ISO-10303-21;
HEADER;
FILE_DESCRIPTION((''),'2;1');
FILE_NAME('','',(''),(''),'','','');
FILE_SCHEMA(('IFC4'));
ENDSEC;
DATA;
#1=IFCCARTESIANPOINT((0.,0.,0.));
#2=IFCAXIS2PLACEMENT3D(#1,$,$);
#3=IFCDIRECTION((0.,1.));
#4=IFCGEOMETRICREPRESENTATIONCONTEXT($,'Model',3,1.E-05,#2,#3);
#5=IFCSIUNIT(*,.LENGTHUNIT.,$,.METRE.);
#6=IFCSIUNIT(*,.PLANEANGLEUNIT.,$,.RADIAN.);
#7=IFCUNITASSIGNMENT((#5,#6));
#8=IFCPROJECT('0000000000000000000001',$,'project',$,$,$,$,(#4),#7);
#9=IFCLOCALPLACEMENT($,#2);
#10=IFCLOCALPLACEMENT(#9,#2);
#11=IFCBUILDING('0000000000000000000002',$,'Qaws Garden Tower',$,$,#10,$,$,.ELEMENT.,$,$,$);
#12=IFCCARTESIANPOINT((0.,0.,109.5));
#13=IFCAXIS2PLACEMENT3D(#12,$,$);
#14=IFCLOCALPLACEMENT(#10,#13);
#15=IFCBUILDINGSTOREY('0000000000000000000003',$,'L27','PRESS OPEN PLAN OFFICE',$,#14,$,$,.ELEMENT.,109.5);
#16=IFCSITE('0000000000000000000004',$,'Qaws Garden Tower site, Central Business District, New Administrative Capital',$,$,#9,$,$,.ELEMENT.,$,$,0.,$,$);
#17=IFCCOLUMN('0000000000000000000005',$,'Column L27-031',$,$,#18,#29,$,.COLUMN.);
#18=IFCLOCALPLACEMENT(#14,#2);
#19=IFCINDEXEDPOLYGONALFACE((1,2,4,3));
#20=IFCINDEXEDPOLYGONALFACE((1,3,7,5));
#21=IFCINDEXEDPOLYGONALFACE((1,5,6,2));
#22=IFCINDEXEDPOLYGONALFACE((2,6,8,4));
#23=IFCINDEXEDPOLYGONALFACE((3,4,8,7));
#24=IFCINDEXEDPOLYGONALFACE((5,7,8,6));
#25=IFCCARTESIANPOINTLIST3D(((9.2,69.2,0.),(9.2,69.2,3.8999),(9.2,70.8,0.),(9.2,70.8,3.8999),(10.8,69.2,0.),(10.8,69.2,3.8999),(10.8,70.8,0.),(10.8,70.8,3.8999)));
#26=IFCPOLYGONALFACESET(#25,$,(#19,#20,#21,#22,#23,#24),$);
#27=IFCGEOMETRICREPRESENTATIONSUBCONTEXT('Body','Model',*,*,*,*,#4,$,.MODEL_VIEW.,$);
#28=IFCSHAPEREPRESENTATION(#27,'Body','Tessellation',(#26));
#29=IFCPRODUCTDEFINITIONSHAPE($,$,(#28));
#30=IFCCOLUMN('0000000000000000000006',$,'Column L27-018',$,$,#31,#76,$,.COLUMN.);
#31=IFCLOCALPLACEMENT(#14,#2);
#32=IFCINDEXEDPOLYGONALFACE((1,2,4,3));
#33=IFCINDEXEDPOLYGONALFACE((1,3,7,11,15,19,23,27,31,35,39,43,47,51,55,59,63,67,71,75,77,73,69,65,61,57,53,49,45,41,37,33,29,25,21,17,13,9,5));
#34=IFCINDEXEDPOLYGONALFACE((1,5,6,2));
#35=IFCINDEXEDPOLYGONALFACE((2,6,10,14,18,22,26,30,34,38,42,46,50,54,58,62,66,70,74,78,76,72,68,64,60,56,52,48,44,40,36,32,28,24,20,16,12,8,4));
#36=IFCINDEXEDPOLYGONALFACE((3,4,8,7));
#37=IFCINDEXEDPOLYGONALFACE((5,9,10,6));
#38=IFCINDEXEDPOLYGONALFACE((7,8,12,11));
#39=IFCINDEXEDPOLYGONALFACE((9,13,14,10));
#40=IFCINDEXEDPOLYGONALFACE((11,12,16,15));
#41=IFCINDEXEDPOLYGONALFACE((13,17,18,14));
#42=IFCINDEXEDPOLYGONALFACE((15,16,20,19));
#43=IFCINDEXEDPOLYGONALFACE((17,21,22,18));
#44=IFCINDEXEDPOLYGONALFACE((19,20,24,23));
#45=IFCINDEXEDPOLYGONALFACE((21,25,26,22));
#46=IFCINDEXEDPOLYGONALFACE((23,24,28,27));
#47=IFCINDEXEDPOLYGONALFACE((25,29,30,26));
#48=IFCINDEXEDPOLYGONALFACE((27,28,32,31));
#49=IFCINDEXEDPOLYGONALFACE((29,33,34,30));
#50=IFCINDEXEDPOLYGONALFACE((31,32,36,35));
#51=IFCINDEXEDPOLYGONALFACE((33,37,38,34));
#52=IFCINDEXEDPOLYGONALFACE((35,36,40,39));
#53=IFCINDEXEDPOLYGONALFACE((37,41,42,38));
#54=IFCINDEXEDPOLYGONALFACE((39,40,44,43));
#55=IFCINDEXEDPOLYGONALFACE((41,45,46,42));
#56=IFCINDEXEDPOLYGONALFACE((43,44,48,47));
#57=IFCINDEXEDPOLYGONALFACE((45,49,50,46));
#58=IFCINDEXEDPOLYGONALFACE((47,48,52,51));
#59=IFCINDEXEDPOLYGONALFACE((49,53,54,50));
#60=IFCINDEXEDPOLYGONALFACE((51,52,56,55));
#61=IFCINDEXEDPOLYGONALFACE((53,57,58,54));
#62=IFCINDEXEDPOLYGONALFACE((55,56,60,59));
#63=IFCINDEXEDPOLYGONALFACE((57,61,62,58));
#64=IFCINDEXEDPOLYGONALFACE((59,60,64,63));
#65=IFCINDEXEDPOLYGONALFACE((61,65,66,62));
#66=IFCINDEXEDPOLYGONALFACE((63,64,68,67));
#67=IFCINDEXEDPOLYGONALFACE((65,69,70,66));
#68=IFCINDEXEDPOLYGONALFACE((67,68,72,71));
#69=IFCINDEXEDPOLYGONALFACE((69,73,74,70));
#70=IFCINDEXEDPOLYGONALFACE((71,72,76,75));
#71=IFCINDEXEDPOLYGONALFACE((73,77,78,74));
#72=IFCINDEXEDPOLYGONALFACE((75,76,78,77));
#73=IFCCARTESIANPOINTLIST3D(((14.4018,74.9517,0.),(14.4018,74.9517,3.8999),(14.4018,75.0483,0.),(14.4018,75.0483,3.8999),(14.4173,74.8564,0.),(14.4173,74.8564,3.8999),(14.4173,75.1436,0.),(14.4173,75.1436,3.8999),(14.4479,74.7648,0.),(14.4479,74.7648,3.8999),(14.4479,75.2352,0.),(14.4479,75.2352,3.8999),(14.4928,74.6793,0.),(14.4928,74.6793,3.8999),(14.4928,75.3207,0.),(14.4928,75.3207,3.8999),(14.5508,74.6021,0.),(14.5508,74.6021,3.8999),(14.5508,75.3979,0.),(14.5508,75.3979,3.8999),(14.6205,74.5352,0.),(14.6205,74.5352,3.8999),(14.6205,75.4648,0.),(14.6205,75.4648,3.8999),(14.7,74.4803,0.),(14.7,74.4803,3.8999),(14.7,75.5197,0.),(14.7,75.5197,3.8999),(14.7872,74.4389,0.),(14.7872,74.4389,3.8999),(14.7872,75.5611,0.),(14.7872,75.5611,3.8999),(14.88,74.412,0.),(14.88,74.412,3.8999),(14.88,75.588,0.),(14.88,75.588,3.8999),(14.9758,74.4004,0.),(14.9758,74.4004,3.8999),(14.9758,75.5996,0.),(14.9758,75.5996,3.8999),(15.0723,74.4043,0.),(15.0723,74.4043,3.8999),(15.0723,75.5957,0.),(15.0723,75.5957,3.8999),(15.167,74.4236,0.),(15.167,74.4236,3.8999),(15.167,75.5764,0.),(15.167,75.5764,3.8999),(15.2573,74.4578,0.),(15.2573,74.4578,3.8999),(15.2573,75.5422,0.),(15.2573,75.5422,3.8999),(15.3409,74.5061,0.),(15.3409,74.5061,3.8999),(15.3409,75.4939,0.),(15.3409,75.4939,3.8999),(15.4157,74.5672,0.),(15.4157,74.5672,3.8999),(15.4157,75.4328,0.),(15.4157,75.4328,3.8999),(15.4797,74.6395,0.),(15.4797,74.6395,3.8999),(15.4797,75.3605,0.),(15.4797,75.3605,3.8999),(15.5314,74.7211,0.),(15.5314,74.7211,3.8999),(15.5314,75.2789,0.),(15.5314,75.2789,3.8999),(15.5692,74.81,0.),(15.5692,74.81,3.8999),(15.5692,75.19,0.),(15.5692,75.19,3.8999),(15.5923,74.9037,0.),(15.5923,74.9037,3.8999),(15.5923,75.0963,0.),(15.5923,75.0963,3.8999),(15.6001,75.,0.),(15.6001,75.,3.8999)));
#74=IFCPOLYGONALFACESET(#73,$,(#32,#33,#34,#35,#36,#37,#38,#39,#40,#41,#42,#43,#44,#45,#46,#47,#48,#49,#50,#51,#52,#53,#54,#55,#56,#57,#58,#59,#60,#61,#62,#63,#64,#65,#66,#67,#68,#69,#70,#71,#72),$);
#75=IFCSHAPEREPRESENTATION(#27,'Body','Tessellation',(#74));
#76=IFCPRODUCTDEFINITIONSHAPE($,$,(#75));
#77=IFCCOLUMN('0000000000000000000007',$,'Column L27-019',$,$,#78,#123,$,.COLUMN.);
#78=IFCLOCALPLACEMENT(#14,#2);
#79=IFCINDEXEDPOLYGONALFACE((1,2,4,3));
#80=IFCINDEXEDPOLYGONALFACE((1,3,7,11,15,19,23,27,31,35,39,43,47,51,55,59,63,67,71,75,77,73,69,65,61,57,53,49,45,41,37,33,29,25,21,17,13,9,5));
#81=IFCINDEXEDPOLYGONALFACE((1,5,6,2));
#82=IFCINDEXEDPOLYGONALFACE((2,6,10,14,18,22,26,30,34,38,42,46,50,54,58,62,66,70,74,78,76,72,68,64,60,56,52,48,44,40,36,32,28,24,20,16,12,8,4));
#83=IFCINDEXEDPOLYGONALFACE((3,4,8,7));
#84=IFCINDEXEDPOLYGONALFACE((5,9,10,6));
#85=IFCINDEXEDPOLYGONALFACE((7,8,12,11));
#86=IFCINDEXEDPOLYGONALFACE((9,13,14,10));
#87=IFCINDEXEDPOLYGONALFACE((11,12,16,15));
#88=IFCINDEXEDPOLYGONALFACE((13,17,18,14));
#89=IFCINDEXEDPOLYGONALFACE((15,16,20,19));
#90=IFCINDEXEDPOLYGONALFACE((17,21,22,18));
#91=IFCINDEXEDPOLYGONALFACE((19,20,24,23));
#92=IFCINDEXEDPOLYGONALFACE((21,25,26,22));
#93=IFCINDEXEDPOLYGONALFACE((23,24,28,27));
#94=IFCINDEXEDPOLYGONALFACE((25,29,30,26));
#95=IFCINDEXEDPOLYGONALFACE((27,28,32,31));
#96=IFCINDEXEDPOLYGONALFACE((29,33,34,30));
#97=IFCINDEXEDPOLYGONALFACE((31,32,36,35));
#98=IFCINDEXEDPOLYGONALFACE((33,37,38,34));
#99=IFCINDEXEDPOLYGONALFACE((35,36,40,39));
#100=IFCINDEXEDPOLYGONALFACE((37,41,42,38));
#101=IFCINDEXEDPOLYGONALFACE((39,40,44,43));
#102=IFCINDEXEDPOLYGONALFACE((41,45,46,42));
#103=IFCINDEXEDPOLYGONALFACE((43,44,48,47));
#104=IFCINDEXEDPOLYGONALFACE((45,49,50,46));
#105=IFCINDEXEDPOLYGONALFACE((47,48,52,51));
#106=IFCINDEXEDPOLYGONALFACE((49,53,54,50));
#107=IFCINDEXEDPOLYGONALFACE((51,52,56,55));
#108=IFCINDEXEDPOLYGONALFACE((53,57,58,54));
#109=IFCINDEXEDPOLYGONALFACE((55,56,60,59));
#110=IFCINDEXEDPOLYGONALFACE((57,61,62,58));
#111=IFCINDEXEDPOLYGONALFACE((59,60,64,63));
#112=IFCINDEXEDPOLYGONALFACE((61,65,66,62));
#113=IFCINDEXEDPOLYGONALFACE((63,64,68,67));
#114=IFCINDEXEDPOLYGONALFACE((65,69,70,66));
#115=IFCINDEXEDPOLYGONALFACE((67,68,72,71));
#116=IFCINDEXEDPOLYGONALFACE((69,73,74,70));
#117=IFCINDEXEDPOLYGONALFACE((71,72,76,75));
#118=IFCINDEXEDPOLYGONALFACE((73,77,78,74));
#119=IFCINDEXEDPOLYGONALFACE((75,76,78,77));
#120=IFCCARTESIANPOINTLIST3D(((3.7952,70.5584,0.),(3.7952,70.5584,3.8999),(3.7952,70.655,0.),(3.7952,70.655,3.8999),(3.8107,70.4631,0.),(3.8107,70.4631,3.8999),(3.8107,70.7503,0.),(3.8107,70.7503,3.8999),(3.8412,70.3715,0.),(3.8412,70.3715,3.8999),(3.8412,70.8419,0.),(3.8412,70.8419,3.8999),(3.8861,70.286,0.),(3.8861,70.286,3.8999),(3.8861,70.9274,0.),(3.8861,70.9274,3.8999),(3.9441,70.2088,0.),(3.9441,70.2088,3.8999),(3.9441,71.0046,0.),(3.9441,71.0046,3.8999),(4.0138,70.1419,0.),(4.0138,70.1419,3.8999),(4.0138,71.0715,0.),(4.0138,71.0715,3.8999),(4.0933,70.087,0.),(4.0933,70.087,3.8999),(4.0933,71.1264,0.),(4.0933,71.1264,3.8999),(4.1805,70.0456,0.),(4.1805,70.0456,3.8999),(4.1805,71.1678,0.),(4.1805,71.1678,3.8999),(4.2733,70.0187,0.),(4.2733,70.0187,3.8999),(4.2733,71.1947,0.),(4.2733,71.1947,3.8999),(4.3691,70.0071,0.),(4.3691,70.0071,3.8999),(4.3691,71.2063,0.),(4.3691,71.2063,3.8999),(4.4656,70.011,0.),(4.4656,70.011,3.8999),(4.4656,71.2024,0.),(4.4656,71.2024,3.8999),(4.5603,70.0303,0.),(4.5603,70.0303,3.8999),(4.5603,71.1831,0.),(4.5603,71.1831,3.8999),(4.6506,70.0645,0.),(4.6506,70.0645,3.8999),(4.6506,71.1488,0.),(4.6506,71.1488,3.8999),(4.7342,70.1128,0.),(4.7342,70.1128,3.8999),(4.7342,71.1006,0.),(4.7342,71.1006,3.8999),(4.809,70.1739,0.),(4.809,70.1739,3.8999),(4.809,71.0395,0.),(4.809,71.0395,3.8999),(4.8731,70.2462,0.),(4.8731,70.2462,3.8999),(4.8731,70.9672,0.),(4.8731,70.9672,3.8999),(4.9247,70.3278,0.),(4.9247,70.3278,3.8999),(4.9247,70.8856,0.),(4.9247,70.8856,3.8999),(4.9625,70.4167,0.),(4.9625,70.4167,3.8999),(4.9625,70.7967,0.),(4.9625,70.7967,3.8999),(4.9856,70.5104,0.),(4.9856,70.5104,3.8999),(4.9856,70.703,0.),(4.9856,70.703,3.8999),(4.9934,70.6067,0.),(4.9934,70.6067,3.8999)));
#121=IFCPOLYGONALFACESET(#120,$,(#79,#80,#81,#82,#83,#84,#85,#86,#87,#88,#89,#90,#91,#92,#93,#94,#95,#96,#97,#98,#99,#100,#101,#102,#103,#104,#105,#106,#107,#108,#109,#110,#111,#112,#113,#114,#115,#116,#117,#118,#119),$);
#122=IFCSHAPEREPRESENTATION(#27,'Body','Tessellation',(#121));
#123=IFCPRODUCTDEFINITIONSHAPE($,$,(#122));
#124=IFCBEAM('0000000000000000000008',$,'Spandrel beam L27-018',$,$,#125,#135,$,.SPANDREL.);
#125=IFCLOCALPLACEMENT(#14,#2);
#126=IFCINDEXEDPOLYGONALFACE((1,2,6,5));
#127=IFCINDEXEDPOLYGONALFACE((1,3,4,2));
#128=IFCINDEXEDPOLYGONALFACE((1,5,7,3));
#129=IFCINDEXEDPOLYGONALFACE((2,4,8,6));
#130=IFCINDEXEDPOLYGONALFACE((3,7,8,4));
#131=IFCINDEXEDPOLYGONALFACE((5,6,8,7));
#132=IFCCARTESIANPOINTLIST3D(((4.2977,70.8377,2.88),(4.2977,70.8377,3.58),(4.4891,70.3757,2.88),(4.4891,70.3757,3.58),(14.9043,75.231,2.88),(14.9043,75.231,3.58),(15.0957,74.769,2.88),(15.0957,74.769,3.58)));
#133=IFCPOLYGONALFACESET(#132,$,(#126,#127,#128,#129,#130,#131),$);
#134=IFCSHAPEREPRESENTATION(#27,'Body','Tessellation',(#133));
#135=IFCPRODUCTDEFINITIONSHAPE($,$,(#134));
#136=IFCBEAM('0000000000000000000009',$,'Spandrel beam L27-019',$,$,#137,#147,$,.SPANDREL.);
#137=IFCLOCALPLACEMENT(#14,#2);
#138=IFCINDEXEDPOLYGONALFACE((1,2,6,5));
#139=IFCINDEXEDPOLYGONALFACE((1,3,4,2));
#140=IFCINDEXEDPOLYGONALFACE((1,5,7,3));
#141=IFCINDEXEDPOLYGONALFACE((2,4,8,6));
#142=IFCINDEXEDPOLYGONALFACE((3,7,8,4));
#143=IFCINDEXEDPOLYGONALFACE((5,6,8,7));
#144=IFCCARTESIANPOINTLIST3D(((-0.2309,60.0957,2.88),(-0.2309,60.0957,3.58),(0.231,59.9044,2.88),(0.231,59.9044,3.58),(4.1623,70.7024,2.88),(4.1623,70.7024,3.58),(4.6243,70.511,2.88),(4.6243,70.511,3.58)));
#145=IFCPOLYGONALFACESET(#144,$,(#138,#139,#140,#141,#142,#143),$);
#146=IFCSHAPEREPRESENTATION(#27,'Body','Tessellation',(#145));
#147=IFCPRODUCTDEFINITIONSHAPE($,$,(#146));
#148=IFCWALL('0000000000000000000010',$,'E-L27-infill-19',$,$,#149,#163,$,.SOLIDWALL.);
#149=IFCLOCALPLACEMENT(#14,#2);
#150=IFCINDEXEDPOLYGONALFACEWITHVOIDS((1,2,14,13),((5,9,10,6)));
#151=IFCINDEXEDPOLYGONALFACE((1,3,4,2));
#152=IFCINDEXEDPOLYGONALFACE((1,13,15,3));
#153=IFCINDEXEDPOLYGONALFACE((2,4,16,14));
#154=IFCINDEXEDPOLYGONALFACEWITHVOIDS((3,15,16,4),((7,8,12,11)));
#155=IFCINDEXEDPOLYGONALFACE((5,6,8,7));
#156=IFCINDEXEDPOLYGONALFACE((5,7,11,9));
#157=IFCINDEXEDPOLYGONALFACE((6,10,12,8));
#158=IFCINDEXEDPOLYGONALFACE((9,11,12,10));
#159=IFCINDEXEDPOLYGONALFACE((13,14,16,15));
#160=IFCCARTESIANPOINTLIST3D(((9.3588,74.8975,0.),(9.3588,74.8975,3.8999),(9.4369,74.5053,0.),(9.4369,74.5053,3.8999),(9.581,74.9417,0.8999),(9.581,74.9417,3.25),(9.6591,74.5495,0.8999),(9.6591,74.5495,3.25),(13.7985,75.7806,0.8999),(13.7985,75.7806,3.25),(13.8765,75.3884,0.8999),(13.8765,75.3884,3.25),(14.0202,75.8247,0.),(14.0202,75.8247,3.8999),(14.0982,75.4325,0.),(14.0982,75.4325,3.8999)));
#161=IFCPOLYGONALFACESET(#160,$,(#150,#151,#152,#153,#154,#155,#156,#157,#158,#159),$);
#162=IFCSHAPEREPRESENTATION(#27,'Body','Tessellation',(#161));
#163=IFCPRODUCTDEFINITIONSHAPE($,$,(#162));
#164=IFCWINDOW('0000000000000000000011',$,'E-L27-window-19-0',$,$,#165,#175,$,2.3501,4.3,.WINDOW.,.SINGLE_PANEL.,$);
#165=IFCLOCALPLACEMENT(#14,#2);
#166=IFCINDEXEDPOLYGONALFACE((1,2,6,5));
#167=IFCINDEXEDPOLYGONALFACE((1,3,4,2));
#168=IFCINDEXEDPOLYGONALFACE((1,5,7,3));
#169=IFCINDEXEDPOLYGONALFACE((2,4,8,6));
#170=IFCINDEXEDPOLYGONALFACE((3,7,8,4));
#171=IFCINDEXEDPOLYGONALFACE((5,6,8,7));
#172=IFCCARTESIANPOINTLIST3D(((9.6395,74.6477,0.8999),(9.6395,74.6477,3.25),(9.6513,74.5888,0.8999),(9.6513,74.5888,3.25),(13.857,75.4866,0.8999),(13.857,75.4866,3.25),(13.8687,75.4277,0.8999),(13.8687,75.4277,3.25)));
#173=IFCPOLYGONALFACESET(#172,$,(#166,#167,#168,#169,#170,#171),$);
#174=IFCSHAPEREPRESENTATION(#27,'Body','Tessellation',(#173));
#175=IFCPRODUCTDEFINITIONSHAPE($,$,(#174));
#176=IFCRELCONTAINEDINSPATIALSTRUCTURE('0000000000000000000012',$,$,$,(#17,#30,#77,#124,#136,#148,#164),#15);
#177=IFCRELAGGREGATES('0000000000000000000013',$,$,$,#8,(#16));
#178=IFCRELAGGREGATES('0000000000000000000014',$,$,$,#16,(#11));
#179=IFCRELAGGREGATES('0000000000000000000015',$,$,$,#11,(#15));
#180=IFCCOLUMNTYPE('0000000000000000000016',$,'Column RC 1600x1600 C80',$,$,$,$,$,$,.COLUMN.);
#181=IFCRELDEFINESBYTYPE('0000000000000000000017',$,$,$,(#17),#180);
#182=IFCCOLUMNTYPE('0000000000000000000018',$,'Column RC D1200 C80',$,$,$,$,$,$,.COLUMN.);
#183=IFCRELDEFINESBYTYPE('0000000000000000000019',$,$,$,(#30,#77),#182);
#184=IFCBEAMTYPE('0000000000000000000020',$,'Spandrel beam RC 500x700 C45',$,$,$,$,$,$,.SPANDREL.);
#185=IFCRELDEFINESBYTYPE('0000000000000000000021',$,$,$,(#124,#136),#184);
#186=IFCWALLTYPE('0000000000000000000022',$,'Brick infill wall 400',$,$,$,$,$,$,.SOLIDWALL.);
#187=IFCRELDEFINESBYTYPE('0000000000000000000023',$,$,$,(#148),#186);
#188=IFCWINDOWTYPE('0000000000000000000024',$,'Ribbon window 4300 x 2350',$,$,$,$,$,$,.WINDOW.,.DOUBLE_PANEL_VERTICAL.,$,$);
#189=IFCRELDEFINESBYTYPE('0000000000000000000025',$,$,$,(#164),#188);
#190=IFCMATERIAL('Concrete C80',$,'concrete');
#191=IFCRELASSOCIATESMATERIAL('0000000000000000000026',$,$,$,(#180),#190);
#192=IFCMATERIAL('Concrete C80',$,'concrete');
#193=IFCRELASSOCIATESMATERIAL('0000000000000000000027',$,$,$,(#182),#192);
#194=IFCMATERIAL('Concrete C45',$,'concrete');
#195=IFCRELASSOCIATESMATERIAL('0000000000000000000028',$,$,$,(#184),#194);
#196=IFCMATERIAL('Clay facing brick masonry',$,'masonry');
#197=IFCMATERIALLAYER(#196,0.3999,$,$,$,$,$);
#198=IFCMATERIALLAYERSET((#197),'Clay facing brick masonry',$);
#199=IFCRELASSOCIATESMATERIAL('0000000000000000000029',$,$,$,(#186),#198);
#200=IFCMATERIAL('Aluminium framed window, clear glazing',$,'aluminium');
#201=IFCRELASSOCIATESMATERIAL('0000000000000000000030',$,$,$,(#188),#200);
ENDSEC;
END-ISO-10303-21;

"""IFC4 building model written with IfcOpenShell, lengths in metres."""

from ifc_helpers import new_model, si_unit, direction, frame, frame_2d, origin, origin_2d, place, context, subcontext, project, spatial, rectangle, circle, extrude, material, layer, layer_set, material_profile, profile_set, type_object, element, fill, save


model = new_model("IFC4")

# Units and contexts
model_context = context("Model", 3, precision=1e-05, world=origin(), true_north=direction((0.0, 1.0)))
body_context = subcontext(model_context, "Body", "Model", "MODEL_VIEW")
ifc_project = project(units=[si_unit("LENGTHUNIT", "METRE"), si_unit("PLANEANGLEUNIT", "RADIAN")], contexts=[model_context])

# Site, building, storey
site_placement = place(None, origin())
site = spatial("IfcSite", under=ifc_project, at=site_placement, Name="Qaws Garden Tower site, Central Business District, New Administrative Capital", CompositionType="ELEMENT", RefElevation=0.0)
building_placement = place(site_placement, origin())
building = spatial("IfcBuilding", under=site, at=building_placement, Name="Qaws Garden Tower", CompositionType="ELEMENT")
storey_placement = place(building_placement, frame((0.0, 0.0, 109.5)))
storey = spatial("IfcBuildingStorey", under=building, at=storey_placement, Name="L27", Description="PRESS OPEN PLAN OFFICE", CompositionType="ELEMENT", Elevation=109.5)

# Columns
ifc_material_1 = material(Name="Concrete C80", Category="concrete")
ifc_material_profile_1 = material_profile(ifc_material_1, rectangle(XDim=1.6001, YDim=1.6001, at=origin_2d()), Name="RC 1600x1600")
ifc_profile_set_1 = profile_set([ifc_material_profile_1], Name="Concrete C80")
column_type_1 = type_object("IfcColumnType", Name="Column RC 1600x1600 C80", PredefinedType="COLUMN", material=ifc_profile_set_1)
column_placement = place(storey_placement, frame((10.0, 70.0, 0.0), z_axis=(0.0, 0.0, 1.0), x_axis=(1.0, 0.0, 0.0)))
element("IfcColumn", 1, at=column_placement, inside=storey, type_object=column_type_1, Name="Column L27-031", PredefinedType="COLUMN", context=body_context, shape_type="SweptSolid", body=[
    extrude(rectangle(XDim=1.6001, YDim=1.6001, at=origin_2d()), origin(), (0.0, 0.0, 1.0), 3.8999),
])
ifc_material_2 = material(Name="Concrete C80", Category="concrete")
ifc_material_profile_2 = material_profile(ifc_material_2, circle(Radius=0.6001, at=origin_2d()), Name="RC D1200")
ifc_profile_set_2 = profile_set([ifc_material_profile_2], Name="Concrete C80")
column_type_2 = type_object("IfcColumnType", Name="Column RC D1200 C80", PredefinedType="COLUMN", material=ifc_profile_set_2)
for number, where, z_axis, x_axis, name in (
    (2, (15.0, 75.0, 0.0), (0.0, 0.0, 1.0), (1.0, 0.0, 0.0), "Column L27-018"),
    (3, (4.3933, 70.6067, 0.0), (0.0, 0.0, 1.0), (1.0, 0.0, 0.0), "Column L27-019"),
):
    element("IfcColumn", number, at=place(storey_placement, frame(where, z_axis=z_axis, x_axis=x_axis)), inside=storey, type_object=column_type_2, Name=name, PredefinedType="COLUMN", context=body_context, shape_type="SweptSolid", body=[
        extrude(circle(Radius=0.6001, at=origin_2d()), origin(), (0.0, 0.0, 1.0), 3.8999),
    ])

# Beams
ifc_material_3 = material(Name="Concrete C45", Category="concrete")
ifc_material_profile_3 = material_profile(ifc_material_3, rectangle(XDim=0.5, YDim=0.7, at=origin_2d()), Name="RC 500x700")
ifc_profile_set_3 = profile_set([ifc_material_profile_3], Name="Concrete C45")
beam_type = type_object("IfcBeamType", Name="Spandrel beam RC 500x700 C45", PredefinedType="SPANDREL", material=ifc_profile_set_3)
for number, where, z_axis, x_axis, name in (
    (4, (15.0, 75.0, 3.23), (-0.923883, -0.382674, 0.0), (0.382674, -0.923883, 0.0), "Spandrel beam L27-018"),
    (5, (4.3933, 70.6067, 3.23), (-0.382674, -0.923883, 0.0), (0.923883, -0.382674, 0.0), "Spandrel beam L27-019"),
):
    element("IfcBeam", number, at=place(storey_placement, frame(where, z_axis=z_axis, x_axis=x_axis)), inside=storey, type_object=beam_type, Name=name, PredefinedType="SPANDREL", context=body_context, shape_type="SweptSolid", body=[
        extrude(rectangle(XDim=0.5, YDim=0.7, at=origin_2d()), origin(), (0.0, 0.0, 1.0), 11.4805),
    ])

# Wall, opening, window
ifc_material_4 = material(Name="Clay facing brick masonry", Category="masonry")
ifc_layer_1 = layer(ifc_material_4, 0.3999)
ifc_layer_set_1 = layer_set([ifc_layer_1], Name="Clay facing brick masonry")
wall_type_1 = type_object("IfcWallType", Name="Brick infill wall 400", PredefinedType="SOLIDWALL", material=ifc_layer_set_1)
wall_1_placement = place(storey_placement, frame((14.0593, 75.6287, 0.0), z_axis=(0.0, 0.0, 1.0), x_axis=(-0.980784, -0.195099, 0.0)))
wall_1 = element("IfcWall", 6, at=wall_1_placement, inside=storey, type_object=wall_type_1, Name="E-L27-infill-19", PredefinedType="SOLIDWALL", context=body_context, shape_type="SweptSolid", body=[
    extrude(rectangle(XDim=4.7527, YDim=0.3999, at=frame_2d((2.3765, 0.0))), origin(), (0.0, 0.0, 1.0), 3.8999),
])
opening_1_placement = place(wall_1_placement, frame((0.2263, 0.0, 0.8999)))
opening_1 = element("IfcOpeningElement", 7, at=opening_1_placement, cuts=wall_1, PredefinedType="OPENING", context=body_context, shape_type="SweptSolid", body=[
    extrude(rectangle(XDim=4.3, YDim=2.3501, at=frame_2d((2.1499, 1.175))), frame((0.0, 0.21, 0.0), z_axis=(0.0, -1.0, 0.0), x_axis=(1.0, 0.0, 0.0)), (0.0, 0.0, 1.0), 0.4199),
])
ifc_material_5 = material(Name="Aluminium framed window, clear glazing", Category="aluminium")
window_type = type_object("IfcWindowType", Name="Ribbon window 4300 x 2350", PartitioningType="DOUBLE_PANEL_VERTICAL", PredefinedType="WINDOW", material=ifc_material_5)
window_1_placement = place(opening_1_placement, origin())
window_1 = element("IfcWindow", 8, at=window_1_placement, inside=storey, type_object=window_type, Name="E-L27-window-19-0", OverallHeight=2.3501, OverallWidth=4.3, PartitioningType="SINGLE_PANEL", PredefinedType="WINDOW", context=body_context, shape_type="SweptSolid", body=[
    extrude(rectangle(XDim=4.3, YDim=2.3501, at=frame_2d((2.1499, 1.175))), frame((0.0, 0.1599, 0.0), z_axis=(0.0, -1.0, 0.0), x_axis=(1.0, 0.0, 0.0)), (0.0, 0.0, 1.0), 0.0601),
])
fill(opening_1, window_1)

save(model, "model.ifc")
